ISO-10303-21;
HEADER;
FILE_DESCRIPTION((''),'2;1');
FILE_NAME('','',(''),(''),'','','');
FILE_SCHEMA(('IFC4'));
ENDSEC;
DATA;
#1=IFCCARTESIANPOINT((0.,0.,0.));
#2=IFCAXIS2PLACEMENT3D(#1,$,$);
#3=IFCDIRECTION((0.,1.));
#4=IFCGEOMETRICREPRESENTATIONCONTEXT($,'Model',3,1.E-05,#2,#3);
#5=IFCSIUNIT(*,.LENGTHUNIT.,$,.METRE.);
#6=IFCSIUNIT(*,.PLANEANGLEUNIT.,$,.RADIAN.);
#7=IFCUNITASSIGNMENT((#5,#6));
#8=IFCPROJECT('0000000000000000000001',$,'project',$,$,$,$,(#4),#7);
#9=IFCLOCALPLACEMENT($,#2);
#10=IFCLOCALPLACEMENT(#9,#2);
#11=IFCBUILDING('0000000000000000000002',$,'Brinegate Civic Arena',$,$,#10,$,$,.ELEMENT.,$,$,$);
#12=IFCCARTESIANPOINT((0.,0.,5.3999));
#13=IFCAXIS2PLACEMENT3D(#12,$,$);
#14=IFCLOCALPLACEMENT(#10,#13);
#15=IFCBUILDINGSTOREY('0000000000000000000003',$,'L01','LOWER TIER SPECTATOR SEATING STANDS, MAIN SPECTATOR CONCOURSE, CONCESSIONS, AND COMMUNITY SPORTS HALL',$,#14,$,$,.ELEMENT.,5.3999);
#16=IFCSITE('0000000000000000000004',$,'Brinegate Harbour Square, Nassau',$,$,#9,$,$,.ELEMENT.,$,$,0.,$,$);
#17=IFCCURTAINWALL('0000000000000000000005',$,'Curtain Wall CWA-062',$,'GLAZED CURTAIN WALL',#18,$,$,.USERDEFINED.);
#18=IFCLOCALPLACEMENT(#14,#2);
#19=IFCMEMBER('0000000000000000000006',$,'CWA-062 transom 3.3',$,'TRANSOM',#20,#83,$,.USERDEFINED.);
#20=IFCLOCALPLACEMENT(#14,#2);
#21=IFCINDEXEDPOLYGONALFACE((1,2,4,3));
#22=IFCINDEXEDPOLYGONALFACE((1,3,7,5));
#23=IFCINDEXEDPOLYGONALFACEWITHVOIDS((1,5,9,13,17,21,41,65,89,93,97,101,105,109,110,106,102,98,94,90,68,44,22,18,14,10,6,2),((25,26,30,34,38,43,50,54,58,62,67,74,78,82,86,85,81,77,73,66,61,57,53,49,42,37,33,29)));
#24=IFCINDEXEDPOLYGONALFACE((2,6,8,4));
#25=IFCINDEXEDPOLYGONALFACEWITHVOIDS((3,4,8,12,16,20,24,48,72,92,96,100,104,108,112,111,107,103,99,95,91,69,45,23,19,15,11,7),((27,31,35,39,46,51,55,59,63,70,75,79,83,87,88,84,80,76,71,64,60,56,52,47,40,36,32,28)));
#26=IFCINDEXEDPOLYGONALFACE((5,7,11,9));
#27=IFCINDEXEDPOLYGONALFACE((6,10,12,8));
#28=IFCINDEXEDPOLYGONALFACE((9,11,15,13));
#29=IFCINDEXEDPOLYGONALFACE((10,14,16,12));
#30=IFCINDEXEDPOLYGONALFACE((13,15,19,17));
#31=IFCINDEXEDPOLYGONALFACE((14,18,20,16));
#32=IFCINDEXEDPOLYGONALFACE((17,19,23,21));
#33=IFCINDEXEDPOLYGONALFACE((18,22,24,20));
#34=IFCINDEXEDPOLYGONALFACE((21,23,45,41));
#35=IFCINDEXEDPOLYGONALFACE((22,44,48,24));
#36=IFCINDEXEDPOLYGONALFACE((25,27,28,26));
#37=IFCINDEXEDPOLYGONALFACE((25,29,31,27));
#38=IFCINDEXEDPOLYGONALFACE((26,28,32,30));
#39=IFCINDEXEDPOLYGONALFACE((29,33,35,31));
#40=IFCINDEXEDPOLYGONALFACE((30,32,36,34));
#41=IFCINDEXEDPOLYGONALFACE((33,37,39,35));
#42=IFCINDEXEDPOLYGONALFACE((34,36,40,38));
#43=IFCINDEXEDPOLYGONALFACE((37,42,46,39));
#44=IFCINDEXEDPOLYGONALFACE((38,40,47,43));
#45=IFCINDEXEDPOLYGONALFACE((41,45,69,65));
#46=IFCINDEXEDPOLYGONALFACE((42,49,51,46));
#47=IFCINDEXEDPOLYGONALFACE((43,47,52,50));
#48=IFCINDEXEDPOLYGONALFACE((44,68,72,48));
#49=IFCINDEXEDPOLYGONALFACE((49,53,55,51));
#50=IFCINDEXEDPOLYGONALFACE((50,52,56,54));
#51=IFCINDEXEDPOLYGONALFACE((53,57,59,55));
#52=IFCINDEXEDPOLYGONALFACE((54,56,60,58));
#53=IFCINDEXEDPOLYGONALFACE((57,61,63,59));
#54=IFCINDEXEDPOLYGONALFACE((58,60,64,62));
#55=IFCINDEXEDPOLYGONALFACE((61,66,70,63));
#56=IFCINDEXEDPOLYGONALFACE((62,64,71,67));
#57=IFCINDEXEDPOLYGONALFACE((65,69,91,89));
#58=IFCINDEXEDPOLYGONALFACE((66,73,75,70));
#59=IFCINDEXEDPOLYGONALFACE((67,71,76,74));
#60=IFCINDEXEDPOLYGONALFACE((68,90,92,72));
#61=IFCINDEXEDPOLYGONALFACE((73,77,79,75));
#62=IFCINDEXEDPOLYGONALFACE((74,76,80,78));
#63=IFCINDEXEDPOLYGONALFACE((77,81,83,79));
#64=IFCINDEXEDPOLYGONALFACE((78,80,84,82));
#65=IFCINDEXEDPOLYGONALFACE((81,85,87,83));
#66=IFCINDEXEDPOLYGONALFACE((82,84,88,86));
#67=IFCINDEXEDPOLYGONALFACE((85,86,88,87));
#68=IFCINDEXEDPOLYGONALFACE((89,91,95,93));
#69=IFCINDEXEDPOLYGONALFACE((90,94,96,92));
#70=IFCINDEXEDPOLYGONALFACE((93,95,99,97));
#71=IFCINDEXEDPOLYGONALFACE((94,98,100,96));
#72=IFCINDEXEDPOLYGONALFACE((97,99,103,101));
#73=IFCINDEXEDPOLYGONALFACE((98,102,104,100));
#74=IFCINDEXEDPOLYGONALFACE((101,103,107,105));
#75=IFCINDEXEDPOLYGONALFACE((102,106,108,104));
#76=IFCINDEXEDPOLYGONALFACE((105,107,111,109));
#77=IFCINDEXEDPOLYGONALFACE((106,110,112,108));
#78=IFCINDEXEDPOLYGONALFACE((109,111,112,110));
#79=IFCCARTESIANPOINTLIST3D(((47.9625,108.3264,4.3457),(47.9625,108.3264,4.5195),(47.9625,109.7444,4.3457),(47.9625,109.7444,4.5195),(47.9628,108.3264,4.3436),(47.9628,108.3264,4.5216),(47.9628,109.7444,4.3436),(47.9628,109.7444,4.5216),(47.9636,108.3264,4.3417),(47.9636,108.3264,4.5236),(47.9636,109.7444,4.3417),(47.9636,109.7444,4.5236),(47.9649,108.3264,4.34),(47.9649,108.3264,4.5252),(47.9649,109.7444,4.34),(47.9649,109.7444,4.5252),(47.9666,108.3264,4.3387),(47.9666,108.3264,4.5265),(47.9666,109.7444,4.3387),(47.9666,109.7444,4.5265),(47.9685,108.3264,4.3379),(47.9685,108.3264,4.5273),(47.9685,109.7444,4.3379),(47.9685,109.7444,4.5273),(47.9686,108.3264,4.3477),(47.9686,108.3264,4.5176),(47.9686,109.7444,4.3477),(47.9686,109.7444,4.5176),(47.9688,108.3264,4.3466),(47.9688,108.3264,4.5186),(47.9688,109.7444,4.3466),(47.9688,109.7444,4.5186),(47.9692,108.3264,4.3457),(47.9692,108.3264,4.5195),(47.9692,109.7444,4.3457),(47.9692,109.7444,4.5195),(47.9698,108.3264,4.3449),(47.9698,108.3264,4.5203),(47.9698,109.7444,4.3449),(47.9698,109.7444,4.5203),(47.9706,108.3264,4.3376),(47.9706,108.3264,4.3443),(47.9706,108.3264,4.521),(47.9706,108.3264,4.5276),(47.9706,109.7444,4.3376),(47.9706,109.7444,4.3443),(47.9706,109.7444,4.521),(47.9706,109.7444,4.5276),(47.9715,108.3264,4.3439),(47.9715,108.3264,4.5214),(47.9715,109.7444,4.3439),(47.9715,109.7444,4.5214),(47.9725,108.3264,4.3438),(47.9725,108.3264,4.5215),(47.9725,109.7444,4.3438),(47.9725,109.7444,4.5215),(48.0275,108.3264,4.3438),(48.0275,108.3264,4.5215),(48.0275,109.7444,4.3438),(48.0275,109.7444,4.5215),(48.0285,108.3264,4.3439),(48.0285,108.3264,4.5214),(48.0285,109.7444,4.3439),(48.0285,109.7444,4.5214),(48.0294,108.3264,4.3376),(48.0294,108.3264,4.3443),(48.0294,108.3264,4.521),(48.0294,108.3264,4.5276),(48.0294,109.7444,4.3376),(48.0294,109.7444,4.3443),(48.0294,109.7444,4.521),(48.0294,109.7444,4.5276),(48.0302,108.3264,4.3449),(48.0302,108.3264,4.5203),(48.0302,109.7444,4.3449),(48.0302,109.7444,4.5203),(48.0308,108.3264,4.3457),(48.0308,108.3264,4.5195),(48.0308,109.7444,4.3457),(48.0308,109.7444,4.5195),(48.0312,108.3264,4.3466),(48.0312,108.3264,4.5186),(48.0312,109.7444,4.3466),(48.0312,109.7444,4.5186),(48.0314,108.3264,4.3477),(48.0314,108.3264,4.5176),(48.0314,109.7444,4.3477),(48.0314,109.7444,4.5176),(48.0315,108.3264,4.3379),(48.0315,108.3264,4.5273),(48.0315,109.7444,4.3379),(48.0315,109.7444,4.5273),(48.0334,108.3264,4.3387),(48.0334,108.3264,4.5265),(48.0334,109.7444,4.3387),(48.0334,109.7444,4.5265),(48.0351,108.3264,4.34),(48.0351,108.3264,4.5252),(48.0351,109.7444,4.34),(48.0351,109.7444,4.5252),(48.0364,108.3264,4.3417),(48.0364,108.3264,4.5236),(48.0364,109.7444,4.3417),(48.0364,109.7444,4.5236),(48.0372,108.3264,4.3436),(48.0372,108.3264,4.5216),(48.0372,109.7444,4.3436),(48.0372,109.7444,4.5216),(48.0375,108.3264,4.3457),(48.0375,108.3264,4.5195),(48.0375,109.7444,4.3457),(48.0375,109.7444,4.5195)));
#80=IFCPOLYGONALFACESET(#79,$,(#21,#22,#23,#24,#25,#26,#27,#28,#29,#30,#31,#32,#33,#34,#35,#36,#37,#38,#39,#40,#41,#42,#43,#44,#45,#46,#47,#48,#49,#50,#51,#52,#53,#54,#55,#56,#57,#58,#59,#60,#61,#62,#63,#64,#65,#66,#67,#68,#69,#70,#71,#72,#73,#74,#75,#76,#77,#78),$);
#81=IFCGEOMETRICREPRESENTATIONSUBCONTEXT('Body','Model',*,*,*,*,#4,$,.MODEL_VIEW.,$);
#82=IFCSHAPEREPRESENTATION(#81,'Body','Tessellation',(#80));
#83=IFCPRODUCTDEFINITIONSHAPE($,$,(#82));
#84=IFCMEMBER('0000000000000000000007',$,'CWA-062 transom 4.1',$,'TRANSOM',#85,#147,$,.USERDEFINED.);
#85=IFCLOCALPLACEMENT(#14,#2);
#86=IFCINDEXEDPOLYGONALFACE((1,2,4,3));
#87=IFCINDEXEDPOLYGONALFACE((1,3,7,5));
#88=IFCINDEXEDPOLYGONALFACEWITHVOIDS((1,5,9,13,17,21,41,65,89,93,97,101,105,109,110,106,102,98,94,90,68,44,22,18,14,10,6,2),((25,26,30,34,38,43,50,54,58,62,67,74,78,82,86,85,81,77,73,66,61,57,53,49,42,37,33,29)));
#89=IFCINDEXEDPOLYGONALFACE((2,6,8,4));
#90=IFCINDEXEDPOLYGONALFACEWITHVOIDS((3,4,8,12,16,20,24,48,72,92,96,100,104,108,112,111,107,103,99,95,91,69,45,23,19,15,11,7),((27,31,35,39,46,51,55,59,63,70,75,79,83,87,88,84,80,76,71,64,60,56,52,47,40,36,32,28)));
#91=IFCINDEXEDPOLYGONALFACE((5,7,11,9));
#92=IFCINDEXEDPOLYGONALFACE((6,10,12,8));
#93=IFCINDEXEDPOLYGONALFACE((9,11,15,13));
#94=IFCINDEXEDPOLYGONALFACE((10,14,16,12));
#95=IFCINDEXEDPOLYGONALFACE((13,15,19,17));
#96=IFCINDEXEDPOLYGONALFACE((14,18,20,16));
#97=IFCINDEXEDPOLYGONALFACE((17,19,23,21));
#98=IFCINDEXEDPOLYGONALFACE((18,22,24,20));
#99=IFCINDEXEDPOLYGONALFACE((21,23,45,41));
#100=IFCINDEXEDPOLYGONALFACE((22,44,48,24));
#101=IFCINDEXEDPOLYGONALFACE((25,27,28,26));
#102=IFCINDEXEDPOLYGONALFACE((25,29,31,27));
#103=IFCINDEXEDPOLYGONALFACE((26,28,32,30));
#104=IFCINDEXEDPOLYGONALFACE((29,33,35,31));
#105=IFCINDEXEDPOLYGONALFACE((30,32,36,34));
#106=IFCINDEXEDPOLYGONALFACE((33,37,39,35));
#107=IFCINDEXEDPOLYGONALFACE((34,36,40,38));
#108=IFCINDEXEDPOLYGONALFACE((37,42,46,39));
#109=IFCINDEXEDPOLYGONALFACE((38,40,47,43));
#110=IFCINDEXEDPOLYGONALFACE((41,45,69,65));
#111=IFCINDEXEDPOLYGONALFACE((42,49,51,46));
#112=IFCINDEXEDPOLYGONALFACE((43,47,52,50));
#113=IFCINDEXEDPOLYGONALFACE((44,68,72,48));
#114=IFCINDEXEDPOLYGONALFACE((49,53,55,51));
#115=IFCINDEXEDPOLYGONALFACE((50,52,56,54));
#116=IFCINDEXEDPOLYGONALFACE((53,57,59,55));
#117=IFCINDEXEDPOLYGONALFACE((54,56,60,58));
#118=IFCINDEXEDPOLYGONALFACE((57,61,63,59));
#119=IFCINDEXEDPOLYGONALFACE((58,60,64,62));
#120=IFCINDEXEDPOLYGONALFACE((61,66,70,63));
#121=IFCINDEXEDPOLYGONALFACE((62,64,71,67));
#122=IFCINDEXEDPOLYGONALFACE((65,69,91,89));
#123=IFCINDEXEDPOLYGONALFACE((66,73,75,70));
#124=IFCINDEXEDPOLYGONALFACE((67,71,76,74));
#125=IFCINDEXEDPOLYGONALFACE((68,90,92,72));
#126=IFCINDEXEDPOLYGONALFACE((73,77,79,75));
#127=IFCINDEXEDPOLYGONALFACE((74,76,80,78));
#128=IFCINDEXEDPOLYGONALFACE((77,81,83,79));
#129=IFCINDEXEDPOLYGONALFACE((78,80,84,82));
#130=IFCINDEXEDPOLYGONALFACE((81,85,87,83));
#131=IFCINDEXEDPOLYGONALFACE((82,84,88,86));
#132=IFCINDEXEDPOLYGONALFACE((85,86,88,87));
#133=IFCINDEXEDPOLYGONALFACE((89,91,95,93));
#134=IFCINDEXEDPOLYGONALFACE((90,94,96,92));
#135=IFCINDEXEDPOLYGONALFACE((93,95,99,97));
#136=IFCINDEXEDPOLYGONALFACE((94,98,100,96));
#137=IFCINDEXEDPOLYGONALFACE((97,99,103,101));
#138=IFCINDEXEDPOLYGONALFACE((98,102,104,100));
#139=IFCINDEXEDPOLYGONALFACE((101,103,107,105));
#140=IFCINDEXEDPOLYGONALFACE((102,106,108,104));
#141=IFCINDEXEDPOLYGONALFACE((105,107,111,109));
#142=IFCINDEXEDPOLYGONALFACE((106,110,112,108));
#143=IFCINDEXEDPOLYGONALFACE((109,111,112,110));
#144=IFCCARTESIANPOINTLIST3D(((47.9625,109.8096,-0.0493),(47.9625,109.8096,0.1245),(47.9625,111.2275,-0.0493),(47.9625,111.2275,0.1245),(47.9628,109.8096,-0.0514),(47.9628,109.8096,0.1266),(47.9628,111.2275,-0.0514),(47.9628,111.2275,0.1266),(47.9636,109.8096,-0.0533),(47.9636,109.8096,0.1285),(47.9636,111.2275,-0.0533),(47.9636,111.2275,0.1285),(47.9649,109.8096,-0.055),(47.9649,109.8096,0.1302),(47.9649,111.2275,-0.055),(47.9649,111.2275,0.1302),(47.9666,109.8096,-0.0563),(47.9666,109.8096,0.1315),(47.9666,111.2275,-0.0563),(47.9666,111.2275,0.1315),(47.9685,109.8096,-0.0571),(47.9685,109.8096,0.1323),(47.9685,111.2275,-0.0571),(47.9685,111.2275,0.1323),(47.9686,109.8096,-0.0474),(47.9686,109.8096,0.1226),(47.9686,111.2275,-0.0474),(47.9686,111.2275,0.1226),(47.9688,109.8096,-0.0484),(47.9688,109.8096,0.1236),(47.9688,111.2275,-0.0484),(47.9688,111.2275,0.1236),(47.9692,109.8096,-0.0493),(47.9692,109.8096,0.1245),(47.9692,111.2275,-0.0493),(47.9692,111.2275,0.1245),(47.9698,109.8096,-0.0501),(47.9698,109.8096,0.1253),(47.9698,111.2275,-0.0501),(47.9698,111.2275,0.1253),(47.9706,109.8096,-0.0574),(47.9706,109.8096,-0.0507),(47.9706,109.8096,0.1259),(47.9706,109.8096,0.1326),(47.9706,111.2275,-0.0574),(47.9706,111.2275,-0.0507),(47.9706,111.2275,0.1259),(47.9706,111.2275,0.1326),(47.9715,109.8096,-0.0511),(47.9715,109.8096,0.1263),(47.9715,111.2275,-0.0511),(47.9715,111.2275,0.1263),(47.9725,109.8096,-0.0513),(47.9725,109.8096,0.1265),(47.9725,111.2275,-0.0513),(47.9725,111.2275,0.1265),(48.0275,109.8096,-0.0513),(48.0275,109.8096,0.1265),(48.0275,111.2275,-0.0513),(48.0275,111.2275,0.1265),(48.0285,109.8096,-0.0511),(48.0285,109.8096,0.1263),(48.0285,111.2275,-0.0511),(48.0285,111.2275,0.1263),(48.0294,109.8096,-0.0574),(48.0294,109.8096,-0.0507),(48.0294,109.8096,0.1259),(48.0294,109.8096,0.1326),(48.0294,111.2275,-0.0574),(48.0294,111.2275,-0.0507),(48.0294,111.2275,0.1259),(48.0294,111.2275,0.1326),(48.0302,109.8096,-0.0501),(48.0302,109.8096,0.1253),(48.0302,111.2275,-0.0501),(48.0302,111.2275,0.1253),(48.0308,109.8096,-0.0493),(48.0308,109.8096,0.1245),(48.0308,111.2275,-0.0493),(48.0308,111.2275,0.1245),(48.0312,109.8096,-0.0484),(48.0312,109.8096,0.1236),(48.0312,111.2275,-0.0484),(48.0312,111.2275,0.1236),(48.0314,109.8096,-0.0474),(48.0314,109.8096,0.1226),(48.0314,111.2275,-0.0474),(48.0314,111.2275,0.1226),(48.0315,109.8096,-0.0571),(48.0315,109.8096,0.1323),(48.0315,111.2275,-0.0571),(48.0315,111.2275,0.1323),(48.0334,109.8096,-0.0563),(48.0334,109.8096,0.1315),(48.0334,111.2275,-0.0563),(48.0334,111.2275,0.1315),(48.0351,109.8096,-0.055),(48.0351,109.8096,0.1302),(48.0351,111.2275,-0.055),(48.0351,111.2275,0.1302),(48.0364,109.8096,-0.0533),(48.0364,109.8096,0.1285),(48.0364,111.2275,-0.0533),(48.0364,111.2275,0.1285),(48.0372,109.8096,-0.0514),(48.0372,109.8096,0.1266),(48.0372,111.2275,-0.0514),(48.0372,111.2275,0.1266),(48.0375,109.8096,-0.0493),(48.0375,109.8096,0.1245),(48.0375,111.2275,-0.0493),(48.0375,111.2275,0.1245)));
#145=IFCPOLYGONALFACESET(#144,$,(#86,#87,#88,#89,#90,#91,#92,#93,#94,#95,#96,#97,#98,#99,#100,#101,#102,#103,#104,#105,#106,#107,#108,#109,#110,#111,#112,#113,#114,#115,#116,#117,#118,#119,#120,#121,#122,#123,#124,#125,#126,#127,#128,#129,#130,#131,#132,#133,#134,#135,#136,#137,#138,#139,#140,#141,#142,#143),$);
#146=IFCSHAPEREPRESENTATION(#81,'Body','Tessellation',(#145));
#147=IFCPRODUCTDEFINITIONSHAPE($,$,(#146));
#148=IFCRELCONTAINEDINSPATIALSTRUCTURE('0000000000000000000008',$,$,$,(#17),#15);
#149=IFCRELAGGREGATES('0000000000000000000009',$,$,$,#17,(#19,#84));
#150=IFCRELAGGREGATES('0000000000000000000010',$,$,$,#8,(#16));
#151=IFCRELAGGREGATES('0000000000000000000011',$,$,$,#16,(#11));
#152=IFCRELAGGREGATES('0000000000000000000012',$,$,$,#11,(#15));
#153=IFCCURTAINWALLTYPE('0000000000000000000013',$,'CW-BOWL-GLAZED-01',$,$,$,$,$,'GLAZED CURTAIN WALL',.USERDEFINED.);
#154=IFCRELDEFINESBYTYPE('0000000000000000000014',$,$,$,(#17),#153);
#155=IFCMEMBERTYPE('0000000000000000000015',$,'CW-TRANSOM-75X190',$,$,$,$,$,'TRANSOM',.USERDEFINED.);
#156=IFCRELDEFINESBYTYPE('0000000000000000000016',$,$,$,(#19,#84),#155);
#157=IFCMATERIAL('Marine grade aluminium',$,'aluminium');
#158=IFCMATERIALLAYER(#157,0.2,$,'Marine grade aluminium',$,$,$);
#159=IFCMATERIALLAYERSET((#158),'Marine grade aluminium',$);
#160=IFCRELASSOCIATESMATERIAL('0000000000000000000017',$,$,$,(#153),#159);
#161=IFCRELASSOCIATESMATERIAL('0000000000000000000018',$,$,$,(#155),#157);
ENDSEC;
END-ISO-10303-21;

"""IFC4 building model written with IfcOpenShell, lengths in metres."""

from ifc_helpers import new_model, si_unit, direction, frame, origin, origin_2d, place, context, subcontext, project, spatial, hollow_rectangle, extrude, material, layer, layer_set, material_profile, profile_set, type_object, element, aggregate, save


model = new_model("IFC4")

# Units and contexts
model_context = context("Model", 3, precision=1e-05, world=origin(), true_north=direction((0.0, 1.0)))
body_context = subcontext(model_context, "Body", "Model", "MODEL_VIEW")
ifc_project = project(units=[si_unit("LENGTHUNIT", "METRE"), si_unit("PLANEANGLEUNIT", "RADIAN")], contexts=[model_context])

# Site, building, storey
site_placement = place(None, origin())
site = spatial("IfcSite", under=ifc_project, at=site_placement, Name="Brinegate Harbour Square, Nassau", CompositionType="ELEMENT", RefElevation=0.0)
building_placement = place(site_placement, origin())
building = spatial("IfcBuilding", under=site, at=building_placement, Name="Brinegate Civic Arena", CompositionType="ELEMENT")
storey_placement = place(building_placement, frame((0.0, 0.0, 5.3999)))
storey = spatial("IfcBuildingStorey", under=building, at=storey_placement, Name="L01", Description="LOWER TIER SPECTATOR SEATING STANDS, MAIN SPECTATOR CONCOURSE, CONCESSIONS, AND COMMUNITY SPORTS HALL", CompositionType="ELEMENT", Elevation=5.3999)

# Curtain wall, members
ifc_material_1 = material(Name="Marine grade aluminium", Category="aluminium")
ifc_layer_1 = layer(ifc_material_1, 0.2, Name="Marine grade aluminium")
ifc_layer_set_1 = layer_set([ifc_layer_1], Name="Marine grade aluminium")
curtain_wall_type = type_object("IfcCurtainWallType", Name="CW-BOWL-GLAZED-01", ElementType="GLAZED CURTAIN WALL", PredefinedType="USERDEFINED", material=ifc_layer_set_1)
curtain_wall_placement = place(storey_placement, origin())
curtain_wall = element("IfcCurtainWall", 1, at=curtain_wall_placement, inside=storey, type_object=curtain_wall_type, Name="Curtain Wall CWA-062", ObjectType="GLAZED CURTAIN WALL", PredefinedType="USERDEFINED")
ifc_material_profile_1 = material_profile(ifc_material_1, hollow_rectangle(XDim=0.075, YDim=0.1899, WallThickness=0.0061, InnerFilletRadius=0.0039, OuterFilletRadius=0.0081, at=origin_2d()), Name="TRN75X190")
ifc_profile_set_1 = profile_set([ifc_material_profile_1], Name="Marine grade aluminium")
member_type_1 = type_object("IfcMemberType", Name="CW-TRANSOM-75X190", ElementType="TRANSOM", PredefinedType="USERDEFINED", material=ifc_profile_set_1)
member_1_placement = place(storey_placement, frame((48.0, 108.3264, 4.4326), z_axis=(0.0, 1.0, 0.0), x_axis=(-1.0, 0.0, 0.0)))
member_1 = element("IfcMember", 2, at=member_1_placement, type_object=member_type_1, Name="CWA-062 transom 3.3", ObjectType="TRANSOM", PredefinedType="USERDEFINED", context=body_context, shape_type="SweptSolid", body=[
    extrude(hollow_rectangle(XDim=0.075, YDim=0.1899, WallThickness=0.0061, InnerFilletRadius=0.0039, OuterFilletRadius=0.0081, at=origin_2d()), origin(), (0.0, 0.0, 1.0), 1.418),
])
member_2_placement = place(storey_placement, frame((48.0, 109.8096, 0.0376), z_axis=(0.0, 1.0, 0.0), x_axis=(-1.0, 0.0, 0.0)))
member_2 = element("IfcMember", 3, at=member_2_placement, type_object=member_type_1, Name="CWA-062 transom 4.1", ObjectType="TRANSOM", PredefinedType="USERDEFINED", context=body_context, shape_type="SweptSolid", body=[
    extrude(hollow_rectangle(XDim=0.075, YDim=0.1899, WallThickness=0.0061, InnerFilletRadius=0.0039, OuterFilletRadius=0.0081, at=origin_2d()), origin(), (0.0, 0.0, 1.0), 1.418),
])

aggregate(curtain_wall, [member_1, member_2])

save(model, "model.ifc")
